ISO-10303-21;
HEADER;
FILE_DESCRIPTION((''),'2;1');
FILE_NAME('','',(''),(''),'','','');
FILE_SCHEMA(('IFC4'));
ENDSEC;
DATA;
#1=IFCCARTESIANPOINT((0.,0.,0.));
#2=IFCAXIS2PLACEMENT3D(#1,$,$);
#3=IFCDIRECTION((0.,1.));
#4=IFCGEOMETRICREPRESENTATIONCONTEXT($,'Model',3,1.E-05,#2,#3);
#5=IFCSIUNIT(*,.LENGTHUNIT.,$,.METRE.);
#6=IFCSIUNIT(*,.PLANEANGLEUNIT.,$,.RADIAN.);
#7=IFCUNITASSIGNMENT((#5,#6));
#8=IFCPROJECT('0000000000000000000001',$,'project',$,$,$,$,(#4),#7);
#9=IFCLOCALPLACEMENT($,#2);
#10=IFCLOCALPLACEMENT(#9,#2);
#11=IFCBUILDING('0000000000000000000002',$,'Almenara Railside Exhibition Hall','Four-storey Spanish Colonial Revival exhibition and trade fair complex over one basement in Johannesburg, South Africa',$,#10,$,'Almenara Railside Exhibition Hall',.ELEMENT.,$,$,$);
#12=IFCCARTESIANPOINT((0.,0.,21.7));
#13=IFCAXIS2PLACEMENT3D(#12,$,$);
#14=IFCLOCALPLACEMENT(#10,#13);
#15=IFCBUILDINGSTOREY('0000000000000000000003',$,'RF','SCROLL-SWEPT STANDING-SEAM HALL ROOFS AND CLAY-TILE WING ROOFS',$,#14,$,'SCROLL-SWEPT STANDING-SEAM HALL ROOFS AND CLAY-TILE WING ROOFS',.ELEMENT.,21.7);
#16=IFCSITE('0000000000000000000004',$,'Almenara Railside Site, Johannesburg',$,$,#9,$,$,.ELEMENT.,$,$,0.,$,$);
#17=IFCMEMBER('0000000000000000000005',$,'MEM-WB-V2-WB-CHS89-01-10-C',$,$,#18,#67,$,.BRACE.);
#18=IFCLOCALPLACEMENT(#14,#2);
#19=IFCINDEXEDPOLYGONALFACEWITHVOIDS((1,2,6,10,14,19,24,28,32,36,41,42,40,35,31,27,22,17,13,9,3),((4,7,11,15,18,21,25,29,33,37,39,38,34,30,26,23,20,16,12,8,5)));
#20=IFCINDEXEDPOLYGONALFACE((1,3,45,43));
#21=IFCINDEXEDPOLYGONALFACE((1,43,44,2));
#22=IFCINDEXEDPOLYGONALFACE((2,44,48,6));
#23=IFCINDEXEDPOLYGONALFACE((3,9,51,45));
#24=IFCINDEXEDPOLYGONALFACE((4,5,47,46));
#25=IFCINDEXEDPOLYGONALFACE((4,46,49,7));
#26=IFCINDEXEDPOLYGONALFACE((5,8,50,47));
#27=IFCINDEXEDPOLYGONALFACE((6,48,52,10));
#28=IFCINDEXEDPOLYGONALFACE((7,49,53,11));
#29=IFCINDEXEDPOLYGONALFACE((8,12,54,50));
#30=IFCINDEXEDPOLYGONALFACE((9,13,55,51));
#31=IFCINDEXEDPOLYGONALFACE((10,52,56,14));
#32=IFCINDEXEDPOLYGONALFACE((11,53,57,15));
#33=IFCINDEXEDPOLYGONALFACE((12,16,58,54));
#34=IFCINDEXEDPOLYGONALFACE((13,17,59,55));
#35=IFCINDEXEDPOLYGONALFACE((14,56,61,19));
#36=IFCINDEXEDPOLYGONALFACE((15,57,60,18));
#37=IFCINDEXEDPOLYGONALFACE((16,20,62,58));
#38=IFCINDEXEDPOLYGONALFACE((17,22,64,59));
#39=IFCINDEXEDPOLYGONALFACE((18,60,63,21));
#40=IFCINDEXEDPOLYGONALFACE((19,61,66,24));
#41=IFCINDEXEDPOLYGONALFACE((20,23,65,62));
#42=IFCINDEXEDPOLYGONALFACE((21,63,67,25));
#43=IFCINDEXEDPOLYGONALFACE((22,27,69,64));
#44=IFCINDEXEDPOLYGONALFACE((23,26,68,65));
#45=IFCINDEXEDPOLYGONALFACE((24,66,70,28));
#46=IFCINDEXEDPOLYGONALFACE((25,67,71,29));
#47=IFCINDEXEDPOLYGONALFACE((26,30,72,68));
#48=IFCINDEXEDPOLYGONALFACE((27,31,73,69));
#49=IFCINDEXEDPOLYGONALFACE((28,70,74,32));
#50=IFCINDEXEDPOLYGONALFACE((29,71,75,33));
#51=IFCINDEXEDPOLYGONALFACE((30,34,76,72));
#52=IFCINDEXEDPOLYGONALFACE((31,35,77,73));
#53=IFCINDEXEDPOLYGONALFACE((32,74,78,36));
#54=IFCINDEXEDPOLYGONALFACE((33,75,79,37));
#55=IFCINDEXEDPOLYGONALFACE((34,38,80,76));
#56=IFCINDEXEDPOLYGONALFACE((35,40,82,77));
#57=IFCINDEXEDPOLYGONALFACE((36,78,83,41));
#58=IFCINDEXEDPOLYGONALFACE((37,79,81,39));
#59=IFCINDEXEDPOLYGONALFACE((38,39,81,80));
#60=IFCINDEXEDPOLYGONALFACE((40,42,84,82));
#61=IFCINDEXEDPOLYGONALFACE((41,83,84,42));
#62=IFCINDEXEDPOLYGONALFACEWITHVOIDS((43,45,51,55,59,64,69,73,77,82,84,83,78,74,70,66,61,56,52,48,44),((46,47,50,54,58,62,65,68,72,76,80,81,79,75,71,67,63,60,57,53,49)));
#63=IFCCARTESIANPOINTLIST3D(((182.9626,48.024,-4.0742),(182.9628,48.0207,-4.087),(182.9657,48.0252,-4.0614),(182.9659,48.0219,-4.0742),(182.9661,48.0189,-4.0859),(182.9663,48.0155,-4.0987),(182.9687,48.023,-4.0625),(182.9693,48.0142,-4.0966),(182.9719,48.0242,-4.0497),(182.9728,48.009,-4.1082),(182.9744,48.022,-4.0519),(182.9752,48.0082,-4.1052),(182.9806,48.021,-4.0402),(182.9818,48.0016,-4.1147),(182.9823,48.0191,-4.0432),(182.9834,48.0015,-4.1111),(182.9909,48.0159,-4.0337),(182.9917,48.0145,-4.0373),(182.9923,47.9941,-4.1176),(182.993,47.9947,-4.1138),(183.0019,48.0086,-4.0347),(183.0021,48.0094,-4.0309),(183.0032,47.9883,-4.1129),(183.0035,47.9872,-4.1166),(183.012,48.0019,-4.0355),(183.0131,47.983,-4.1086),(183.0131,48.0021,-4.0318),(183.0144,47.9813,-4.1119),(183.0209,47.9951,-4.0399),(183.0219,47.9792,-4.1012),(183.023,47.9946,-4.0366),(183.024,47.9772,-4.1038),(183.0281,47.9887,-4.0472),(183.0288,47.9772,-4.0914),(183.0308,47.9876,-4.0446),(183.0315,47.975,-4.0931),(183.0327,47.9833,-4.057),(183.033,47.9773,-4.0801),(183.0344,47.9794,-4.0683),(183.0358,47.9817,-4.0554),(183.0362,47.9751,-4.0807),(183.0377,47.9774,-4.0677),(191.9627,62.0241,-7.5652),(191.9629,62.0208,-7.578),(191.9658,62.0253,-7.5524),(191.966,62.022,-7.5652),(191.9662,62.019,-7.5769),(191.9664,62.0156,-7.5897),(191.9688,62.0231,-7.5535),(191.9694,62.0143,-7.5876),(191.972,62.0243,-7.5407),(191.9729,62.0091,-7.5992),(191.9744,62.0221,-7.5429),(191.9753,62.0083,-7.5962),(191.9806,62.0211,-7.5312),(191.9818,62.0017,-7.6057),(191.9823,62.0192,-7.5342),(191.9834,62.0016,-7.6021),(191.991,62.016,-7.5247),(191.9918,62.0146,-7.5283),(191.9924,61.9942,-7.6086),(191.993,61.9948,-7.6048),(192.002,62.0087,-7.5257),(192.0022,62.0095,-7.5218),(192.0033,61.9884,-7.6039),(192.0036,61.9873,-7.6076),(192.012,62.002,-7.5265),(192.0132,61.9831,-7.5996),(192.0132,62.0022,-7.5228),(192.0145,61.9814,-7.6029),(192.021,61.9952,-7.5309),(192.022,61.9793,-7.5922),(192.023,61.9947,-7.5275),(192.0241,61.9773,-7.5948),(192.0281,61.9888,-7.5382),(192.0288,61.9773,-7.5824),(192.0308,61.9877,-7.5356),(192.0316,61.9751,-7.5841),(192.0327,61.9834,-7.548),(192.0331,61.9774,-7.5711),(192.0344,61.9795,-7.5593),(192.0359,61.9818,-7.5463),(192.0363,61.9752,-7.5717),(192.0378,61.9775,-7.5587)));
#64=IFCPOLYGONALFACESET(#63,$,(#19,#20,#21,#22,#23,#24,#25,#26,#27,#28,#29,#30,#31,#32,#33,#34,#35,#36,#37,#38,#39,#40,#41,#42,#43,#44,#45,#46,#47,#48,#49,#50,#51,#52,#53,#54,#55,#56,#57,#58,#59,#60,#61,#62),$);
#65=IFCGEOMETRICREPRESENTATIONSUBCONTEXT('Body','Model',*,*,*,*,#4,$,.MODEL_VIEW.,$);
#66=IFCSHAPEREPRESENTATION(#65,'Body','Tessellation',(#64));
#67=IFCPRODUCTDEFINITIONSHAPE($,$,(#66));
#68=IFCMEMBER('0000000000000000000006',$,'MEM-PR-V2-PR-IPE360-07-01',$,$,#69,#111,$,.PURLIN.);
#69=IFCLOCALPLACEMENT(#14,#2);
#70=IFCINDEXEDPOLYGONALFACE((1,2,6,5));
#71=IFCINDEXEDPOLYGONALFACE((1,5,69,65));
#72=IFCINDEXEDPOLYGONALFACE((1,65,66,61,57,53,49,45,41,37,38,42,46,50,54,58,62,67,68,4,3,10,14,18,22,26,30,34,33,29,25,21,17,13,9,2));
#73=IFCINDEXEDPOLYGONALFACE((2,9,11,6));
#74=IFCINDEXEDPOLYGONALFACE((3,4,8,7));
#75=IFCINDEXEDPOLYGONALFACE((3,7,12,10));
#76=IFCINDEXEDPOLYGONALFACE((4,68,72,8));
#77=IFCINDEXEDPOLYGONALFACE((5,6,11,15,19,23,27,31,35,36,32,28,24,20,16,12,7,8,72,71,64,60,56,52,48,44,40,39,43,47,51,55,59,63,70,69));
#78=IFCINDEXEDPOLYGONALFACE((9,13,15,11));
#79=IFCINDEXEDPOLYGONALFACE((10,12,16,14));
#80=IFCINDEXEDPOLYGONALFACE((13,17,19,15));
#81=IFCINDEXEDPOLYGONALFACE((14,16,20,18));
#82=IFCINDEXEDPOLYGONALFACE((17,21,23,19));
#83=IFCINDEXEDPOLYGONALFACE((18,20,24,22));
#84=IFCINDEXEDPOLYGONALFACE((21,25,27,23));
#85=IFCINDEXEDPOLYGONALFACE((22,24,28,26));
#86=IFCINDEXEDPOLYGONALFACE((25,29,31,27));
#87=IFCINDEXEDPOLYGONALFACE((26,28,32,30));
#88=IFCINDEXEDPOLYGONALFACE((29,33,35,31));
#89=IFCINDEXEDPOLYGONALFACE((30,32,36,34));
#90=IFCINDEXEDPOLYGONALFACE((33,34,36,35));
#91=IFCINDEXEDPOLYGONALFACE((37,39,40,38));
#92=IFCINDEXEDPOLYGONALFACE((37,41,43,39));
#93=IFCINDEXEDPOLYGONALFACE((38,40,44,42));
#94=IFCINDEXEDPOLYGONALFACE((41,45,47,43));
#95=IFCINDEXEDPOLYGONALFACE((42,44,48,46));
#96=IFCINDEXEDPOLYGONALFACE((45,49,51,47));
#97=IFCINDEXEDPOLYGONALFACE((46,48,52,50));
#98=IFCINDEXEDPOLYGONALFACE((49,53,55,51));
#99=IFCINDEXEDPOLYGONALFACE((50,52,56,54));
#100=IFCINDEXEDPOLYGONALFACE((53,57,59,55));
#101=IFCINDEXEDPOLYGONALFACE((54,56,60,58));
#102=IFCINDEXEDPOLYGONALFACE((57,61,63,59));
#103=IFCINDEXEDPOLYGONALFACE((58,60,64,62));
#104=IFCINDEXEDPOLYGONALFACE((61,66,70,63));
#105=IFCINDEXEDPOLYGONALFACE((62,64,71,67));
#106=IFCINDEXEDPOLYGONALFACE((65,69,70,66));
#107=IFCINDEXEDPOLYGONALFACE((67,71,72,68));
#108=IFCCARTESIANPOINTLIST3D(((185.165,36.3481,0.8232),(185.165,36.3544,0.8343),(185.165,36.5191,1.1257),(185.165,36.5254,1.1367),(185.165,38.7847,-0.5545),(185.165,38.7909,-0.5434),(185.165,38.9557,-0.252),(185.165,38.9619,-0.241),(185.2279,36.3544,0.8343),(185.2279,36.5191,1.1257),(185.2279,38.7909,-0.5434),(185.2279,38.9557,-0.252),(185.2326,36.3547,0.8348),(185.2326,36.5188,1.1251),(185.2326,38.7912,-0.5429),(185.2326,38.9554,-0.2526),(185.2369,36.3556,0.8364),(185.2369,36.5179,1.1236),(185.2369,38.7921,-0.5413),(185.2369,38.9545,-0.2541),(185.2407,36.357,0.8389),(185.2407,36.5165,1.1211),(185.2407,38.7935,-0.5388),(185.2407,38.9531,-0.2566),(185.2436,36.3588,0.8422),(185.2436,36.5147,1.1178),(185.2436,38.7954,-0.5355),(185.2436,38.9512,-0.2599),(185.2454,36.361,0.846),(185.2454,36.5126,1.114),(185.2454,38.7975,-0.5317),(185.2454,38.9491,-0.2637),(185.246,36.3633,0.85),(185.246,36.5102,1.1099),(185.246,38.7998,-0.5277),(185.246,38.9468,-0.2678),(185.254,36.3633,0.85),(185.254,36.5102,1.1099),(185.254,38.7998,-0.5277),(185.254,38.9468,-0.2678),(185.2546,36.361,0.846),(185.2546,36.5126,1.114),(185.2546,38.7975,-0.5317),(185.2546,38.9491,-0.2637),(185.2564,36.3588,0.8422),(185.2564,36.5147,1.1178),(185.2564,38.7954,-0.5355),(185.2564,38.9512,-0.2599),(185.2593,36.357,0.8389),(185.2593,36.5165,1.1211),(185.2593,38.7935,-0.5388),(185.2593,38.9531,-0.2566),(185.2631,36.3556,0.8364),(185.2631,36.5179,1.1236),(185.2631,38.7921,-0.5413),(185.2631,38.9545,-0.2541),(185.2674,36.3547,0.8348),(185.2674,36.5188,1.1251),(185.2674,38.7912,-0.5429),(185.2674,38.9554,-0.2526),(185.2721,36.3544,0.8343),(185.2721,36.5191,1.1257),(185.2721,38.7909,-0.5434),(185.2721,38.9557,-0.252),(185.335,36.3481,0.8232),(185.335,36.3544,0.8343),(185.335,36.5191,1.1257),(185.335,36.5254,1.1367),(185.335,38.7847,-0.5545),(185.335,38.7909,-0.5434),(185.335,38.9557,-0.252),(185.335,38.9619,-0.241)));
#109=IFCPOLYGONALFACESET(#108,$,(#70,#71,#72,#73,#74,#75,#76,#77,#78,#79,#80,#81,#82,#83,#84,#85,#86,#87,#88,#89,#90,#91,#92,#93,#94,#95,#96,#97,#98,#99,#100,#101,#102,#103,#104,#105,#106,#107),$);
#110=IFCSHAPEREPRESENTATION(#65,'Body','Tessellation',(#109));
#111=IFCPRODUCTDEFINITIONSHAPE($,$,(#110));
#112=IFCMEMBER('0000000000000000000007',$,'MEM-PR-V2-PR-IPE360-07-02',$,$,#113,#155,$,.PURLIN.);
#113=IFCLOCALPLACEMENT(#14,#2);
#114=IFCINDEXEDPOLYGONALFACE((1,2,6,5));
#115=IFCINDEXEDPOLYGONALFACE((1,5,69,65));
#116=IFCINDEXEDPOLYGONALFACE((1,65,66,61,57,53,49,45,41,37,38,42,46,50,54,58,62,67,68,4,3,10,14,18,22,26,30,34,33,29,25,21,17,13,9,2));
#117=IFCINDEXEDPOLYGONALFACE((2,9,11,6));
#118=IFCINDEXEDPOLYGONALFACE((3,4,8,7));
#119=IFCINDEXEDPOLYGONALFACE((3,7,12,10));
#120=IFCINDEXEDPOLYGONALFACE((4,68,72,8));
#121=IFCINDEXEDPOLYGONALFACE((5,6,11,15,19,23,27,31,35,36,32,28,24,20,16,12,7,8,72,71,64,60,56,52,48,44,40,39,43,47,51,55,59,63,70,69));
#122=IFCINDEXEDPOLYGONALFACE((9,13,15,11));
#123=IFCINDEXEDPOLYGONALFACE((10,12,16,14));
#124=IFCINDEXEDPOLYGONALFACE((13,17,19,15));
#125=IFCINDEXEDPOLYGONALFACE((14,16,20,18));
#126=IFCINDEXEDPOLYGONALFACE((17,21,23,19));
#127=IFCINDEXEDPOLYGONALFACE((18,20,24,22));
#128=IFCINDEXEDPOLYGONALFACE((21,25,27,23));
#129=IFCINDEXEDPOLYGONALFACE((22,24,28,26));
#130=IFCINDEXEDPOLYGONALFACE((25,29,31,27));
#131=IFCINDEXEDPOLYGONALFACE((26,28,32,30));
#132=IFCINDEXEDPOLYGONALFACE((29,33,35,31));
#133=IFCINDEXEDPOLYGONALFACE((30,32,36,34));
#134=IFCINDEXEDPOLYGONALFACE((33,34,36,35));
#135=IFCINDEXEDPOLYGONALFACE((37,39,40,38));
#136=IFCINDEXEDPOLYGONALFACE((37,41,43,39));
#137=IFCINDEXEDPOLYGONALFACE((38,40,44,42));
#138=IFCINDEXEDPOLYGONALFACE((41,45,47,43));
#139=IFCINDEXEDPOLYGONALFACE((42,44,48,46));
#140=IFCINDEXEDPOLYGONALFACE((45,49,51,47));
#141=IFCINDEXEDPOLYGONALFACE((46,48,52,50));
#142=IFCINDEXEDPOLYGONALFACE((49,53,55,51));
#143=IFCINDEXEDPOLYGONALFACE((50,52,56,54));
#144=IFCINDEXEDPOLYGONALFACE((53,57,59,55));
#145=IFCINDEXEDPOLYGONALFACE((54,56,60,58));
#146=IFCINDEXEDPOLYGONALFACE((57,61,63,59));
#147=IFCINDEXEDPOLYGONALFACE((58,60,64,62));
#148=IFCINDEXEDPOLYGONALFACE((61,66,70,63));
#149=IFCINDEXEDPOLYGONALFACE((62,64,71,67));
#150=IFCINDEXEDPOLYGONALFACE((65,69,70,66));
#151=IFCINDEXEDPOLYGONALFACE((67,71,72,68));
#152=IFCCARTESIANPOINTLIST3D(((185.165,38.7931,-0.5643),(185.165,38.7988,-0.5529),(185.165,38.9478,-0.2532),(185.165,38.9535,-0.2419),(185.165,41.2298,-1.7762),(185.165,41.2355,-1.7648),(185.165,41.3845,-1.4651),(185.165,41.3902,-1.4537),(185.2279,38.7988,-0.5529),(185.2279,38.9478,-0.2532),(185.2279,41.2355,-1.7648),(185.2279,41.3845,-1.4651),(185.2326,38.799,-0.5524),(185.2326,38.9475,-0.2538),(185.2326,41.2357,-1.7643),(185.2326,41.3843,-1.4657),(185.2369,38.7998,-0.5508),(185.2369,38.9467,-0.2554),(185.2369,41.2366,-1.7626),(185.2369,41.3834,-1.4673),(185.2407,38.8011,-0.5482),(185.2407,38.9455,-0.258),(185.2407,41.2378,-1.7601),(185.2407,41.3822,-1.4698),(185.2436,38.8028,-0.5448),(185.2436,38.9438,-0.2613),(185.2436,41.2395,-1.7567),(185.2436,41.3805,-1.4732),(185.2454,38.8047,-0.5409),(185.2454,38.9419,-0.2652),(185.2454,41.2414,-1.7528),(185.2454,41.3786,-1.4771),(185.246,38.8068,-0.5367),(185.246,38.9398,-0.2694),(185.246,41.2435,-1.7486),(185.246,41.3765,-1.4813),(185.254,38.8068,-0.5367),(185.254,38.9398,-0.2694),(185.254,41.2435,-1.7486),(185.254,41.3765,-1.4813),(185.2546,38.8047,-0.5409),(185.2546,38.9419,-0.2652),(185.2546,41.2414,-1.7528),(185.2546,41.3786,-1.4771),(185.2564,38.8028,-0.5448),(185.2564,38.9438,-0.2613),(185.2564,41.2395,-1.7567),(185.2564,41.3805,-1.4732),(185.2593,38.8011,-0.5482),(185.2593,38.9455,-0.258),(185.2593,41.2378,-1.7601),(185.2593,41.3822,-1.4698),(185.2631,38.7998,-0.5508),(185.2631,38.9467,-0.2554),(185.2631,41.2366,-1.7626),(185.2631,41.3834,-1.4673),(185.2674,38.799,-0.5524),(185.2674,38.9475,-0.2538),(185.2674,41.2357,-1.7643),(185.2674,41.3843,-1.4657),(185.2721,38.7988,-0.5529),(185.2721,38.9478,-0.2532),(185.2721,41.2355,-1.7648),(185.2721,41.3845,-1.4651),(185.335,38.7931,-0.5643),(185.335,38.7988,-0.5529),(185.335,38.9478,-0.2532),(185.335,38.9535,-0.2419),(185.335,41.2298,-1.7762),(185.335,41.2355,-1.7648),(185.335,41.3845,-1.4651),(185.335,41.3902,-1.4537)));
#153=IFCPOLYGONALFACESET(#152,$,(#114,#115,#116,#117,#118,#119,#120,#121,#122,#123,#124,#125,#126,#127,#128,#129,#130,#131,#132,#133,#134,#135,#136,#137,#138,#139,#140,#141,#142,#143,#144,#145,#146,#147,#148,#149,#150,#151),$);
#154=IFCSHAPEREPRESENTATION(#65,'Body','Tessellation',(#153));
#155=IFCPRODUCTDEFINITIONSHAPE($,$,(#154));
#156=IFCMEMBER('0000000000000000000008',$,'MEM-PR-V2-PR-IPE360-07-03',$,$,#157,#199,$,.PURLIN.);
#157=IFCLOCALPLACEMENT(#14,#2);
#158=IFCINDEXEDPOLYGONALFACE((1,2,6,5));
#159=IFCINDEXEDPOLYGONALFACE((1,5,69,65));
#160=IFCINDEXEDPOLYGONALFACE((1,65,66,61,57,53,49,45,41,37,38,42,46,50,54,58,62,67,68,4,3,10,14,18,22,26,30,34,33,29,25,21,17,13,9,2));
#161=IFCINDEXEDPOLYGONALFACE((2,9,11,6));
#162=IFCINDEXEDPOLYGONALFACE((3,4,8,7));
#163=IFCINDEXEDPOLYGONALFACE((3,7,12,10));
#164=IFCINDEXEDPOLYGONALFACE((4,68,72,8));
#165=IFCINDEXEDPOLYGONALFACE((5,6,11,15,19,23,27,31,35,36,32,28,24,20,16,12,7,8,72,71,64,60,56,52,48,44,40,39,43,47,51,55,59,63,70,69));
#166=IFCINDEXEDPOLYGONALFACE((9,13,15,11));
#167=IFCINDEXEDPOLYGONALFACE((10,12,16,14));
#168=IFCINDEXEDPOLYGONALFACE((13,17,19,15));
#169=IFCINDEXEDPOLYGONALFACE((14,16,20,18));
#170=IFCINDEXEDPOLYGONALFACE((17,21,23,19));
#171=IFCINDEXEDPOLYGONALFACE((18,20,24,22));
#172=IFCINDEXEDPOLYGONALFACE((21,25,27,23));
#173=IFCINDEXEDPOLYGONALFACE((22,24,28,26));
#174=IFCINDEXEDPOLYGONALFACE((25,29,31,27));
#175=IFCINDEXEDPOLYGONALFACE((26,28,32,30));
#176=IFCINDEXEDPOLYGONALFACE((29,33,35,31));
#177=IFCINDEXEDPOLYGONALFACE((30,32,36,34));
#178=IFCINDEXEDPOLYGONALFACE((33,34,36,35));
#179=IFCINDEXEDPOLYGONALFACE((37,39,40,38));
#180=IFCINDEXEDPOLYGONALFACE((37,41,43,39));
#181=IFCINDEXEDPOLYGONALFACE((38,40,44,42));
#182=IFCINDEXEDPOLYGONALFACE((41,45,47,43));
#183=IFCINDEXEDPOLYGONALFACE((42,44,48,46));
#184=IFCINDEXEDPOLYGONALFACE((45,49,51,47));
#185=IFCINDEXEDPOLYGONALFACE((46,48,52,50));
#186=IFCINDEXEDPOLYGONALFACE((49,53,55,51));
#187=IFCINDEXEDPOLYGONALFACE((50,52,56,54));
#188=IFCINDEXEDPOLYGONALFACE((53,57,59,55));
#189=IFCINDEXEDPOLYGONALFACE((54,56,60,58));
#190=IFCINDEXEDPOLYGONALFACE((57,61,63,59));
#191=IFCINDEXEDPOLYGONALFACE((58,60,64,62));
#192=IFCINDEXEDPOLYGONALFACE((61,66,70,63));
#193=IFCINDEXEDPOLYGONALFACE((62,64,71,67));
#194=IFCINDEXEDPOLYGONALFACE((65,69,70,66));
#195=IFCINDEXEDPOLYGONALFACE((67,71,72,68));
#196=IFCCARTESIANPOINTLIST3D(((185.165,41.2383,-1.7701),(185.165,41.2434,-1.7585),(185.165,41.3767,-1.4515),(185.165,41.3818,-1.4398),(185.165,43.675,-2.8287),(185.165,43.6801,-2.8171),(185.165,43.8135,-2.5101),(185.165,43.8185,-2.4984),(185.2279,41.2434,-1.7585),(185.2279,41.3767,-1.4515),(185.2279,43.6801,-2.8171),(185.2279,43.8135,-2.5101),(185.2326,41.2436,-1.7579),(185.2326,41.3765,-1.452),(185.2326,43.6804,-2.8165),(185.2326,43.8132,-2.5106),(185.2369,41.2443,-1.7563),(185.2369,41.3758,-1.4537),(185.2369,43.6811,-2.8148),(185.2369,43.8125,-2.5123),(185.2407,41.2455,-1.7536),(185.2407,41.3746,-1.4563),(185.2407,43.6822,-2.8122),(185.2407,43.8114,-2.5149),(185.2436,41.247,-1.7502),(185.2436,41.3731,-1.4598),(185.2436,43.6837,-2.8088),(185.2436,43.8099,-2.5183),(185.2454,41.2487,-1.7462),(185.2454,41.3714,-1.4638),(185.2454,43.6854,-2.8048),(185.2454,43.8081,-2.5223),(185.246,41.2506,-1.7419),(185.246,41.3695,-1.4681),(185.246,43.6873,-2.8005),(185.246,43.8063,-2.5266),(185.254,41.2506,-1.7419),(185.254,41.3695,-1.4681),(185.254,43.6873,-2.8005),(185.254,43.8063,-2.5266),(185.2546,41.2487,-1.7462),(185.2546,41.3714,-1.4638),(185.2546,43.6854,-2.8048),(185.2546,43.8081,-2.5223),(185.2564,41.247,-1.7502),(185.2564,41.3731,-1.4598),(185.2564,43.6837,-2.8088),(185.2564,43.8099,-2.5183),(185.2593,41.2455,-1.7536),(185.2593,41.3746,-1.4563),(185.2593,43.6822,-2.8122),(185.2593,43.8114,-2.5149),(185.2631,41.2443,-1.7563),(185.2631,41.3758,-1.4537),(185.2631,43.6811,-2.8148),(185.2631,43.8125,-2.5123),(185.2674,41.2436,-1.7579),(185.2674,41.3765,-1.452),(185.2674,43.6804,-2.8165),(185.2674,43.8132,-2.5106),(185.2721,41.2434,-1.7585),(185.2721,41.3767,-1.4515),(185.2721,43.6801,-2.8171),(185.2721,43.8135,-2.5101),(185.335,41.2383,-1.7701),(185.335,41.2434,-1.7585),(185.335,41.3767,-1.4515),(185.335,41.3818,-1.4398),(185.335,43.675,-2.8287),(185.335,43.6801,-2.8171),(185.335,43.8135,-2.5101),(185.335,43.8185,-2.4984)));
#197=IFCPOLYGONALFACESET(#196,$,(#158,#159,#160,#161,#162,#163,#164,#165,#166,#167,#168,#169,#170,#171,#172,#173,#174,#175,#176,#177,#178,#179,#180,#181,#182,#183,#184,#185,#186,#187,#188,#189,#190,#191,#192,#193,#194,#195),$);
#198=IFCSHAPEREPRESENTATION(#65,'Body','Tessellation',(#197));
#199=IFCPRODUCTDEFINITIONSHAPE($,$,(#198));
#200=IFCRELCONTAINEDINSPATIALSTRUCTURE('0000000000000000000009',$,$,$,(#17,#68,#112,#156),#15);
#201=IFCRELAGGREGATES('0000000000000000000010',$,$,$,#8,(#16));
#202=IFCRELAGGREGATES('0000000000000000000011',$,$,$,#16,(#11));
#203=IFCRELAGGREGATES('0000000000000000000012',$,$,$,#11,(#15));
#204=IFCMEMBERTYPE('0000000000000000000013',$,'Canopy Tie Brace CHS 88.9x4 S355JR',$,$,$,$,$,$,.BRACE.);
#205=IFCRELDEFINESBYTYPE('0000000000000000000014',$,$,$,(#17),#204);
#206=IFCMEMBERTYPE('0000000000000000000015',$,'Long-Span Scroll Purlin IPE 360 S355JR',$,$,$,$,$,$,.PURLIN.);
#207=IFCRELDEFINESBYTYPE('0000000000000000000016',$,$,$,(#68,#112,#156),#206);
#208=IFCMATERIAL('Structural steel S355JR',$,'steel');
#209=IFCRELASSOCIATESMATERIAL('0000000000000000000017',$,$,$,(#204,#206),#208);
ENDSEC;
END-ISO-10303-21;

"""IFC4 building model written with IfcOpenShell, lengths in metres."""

from ifc_helpers import new_model, si_unit, direction, frame, origin, origin_2d, place, context, subcontext, project, spatial, hollow_circle, i_section, extrude, material, material_profile, profile_set, type_object, element, save


model = new_model("IFC4")

# Units and contexts
model_context = context("Model", 3, precision=1e-05, world=origin(), true_north=direction((0.0, 1.0)))
body_context = subcontext(model_context, "Body", "Model", "MODEL_VIEW")
ifc_project = project(units=[si_unit("LENGTHUNIT", "METRE"), si_unit("PLANEANGLEUNIT", "RADIAN")], contexts=[model_context])

# Site, building, storey
site_placement = place(None, origin())
site = spatial("IfcSite", under=ifc_project, at=site_placement, Name="Almenara Railside Site, Johannesburg", CompositionType="ELEMENT", RefElevation=0.0)
building_placement = place(site_placement, origin())
building = spatial("IfcBuilding", under=site, at=building_placement, Name="Almenara Railside Exhibition Hall", Description="Four-storey Spanish Colonial Revival exhibition and trade fair complex over one basement in Johannesburg, South Africa", LongName="Almenara Railside Exhibition Hall", CompositionType="ELEMENT")
storey_placement = place(building_placement, frame((0.0, 0.0, 21.7)))
storey = spatial("IfcBuildingStorey", under=building, at=storey_placement, Name="RF", Description="SCROLL-SWEPT STANDING-SEAM HALL ROOFS AND CLAY-TILE WING ROOFS", LongName="SCROLL-SWEPT STANDING-SEAM HALL ROOFS AND CLAY-TILE WING ROOFS", CompositionType="ELEMENT", Elevation=21.7)

# Members
ifc_material_1 = material(Name="Structural steel S355JR", Category="steel")
ifc_material_profile_1 = material_profile(ifc_material_1, hollow_circle(Radius=0.0444, WallThickness=0.0039, at=origin_2d()), Name="CHS 88.9x4")
ifc_profile_set_1 = profile_set([ifc_material_profile_1], Name="Structural steel S355JR")
member_type_1 = type_object("IfcMemberType", Name="Canopy Tie Brace CHS 88.9x4 S355JR", PredefinedType="BRACE", material=ifc_profile_set_1)
member_1_placement = place(storey_placement, frame((183.0, 48.0, -4.0742), z_axis=(0.529241, 0.823263, -0.205285), x_axis=(-0.841178, 0.540758, 0.0)))
element("IfcMember", 1, at=member_1_placement, inside=storey, type_object=member_type_1, Name="MEM-WB-V2-WB-CHS89-01-10-C", PredefinedType="BRACE", context=body_context, shape_type="SweptSolid", body=[
    extrude(hollow_circle(Radius=0.0444, WallThickness=0.0039, at=origin_2d()), origin(), (0.0, 0.0, 1.0), 17.0056),
])
ifc_material_profile_2 = material_profile(ifc_material_1, i_section(OverallWidth=0.1699, OverallDepth=0.3601, WebThickness=0.0081, FlangeThickness=0.0127, FilletRadius=0.0181, at=origin_2d()), Name="IPE 360")
ifc_profile_set_2 = profile_set([ifc_material_profile_2], Name="Structural steel S355JR")
member_type_2 = type_object("IfcMemberType", Name="Long-Span Scroll Purlin IPE 360 S355JR", PredefinedType="PURLIN", material=ifc_profile_set_2)
member_2_placement = place(storey_placement, frame((185.25, 36.4368, 0.98), z_axis=(0.0, 0.870483, -0.492198), x_axis=(-1.0, 0.0, 0.0)))
element("IfcMember", 2, at=member_2_placement, inside=storey, type_object=member_type_2, Name="MEM-PR-V2-PR-IPE360-07-01", PredefinedType="PURLIN", context=body_context, shape_type="SweptSolid", body=[
    extrude(i_section(OverallWidth=0.1699, OverallDepth=0.3601, WebThickness=0.0081, FlangeThickness=0.0127, FilletRadius=0.0181, at=origin_2d()), origin(), (0.0, 0.0, 1.0), 2.7991),
])
member_3_placement = place(storey_placement, frame((185.25, 38.8733, -0.4031), z_axis=(0.0, 0.895376, -0.445311), x_axis=(-1.0, 0.0, 0.0)))
element("IfcMember", 3, at=member_3_placement, inside=storey, type_object=member_type_2, Name="MEM-PR-V2-PR-IPE360-07-02", PredefinedType="PURLIN", context=body_context, shape_type="SweptSolid", body=[
    extrude(i_section(OverallWidth=0.1699, OverallDepth=0.3601, WebThickness=0.0081, FlangeThickness=0.0127, FilletRadius=0.0181, at=origin_2d()), origin(), (0.0, 0.0, 1.0), 2.7214),
])
member_4_placement = place(storey_placement, frame((185.25, 41.3101, -1.605), z_axis=(0.0, 0.91719, -0.398451), x_axis=(-1.0, 0.0, 0.0)))
element("IfcMember", 4, at=member_4_placement, inside=storey, type_object=member_type_2, Name="MEM-PR-V2-PR-IPE360-07-03", PredefinedType="PURLIN", context=body_context, shape_type="SweptSolid", body=[
    extrude(i_section(OverallWidth=0.1699, OverallDepth=0.3601, WebThickness=0.0081, FlangeThickness=0.0127, FilletRadius=0.0181, at=origin_2d()), origin(), (0.0, 0.0, 1.0), 2.6567),
])

save(model, "model.ifc")
